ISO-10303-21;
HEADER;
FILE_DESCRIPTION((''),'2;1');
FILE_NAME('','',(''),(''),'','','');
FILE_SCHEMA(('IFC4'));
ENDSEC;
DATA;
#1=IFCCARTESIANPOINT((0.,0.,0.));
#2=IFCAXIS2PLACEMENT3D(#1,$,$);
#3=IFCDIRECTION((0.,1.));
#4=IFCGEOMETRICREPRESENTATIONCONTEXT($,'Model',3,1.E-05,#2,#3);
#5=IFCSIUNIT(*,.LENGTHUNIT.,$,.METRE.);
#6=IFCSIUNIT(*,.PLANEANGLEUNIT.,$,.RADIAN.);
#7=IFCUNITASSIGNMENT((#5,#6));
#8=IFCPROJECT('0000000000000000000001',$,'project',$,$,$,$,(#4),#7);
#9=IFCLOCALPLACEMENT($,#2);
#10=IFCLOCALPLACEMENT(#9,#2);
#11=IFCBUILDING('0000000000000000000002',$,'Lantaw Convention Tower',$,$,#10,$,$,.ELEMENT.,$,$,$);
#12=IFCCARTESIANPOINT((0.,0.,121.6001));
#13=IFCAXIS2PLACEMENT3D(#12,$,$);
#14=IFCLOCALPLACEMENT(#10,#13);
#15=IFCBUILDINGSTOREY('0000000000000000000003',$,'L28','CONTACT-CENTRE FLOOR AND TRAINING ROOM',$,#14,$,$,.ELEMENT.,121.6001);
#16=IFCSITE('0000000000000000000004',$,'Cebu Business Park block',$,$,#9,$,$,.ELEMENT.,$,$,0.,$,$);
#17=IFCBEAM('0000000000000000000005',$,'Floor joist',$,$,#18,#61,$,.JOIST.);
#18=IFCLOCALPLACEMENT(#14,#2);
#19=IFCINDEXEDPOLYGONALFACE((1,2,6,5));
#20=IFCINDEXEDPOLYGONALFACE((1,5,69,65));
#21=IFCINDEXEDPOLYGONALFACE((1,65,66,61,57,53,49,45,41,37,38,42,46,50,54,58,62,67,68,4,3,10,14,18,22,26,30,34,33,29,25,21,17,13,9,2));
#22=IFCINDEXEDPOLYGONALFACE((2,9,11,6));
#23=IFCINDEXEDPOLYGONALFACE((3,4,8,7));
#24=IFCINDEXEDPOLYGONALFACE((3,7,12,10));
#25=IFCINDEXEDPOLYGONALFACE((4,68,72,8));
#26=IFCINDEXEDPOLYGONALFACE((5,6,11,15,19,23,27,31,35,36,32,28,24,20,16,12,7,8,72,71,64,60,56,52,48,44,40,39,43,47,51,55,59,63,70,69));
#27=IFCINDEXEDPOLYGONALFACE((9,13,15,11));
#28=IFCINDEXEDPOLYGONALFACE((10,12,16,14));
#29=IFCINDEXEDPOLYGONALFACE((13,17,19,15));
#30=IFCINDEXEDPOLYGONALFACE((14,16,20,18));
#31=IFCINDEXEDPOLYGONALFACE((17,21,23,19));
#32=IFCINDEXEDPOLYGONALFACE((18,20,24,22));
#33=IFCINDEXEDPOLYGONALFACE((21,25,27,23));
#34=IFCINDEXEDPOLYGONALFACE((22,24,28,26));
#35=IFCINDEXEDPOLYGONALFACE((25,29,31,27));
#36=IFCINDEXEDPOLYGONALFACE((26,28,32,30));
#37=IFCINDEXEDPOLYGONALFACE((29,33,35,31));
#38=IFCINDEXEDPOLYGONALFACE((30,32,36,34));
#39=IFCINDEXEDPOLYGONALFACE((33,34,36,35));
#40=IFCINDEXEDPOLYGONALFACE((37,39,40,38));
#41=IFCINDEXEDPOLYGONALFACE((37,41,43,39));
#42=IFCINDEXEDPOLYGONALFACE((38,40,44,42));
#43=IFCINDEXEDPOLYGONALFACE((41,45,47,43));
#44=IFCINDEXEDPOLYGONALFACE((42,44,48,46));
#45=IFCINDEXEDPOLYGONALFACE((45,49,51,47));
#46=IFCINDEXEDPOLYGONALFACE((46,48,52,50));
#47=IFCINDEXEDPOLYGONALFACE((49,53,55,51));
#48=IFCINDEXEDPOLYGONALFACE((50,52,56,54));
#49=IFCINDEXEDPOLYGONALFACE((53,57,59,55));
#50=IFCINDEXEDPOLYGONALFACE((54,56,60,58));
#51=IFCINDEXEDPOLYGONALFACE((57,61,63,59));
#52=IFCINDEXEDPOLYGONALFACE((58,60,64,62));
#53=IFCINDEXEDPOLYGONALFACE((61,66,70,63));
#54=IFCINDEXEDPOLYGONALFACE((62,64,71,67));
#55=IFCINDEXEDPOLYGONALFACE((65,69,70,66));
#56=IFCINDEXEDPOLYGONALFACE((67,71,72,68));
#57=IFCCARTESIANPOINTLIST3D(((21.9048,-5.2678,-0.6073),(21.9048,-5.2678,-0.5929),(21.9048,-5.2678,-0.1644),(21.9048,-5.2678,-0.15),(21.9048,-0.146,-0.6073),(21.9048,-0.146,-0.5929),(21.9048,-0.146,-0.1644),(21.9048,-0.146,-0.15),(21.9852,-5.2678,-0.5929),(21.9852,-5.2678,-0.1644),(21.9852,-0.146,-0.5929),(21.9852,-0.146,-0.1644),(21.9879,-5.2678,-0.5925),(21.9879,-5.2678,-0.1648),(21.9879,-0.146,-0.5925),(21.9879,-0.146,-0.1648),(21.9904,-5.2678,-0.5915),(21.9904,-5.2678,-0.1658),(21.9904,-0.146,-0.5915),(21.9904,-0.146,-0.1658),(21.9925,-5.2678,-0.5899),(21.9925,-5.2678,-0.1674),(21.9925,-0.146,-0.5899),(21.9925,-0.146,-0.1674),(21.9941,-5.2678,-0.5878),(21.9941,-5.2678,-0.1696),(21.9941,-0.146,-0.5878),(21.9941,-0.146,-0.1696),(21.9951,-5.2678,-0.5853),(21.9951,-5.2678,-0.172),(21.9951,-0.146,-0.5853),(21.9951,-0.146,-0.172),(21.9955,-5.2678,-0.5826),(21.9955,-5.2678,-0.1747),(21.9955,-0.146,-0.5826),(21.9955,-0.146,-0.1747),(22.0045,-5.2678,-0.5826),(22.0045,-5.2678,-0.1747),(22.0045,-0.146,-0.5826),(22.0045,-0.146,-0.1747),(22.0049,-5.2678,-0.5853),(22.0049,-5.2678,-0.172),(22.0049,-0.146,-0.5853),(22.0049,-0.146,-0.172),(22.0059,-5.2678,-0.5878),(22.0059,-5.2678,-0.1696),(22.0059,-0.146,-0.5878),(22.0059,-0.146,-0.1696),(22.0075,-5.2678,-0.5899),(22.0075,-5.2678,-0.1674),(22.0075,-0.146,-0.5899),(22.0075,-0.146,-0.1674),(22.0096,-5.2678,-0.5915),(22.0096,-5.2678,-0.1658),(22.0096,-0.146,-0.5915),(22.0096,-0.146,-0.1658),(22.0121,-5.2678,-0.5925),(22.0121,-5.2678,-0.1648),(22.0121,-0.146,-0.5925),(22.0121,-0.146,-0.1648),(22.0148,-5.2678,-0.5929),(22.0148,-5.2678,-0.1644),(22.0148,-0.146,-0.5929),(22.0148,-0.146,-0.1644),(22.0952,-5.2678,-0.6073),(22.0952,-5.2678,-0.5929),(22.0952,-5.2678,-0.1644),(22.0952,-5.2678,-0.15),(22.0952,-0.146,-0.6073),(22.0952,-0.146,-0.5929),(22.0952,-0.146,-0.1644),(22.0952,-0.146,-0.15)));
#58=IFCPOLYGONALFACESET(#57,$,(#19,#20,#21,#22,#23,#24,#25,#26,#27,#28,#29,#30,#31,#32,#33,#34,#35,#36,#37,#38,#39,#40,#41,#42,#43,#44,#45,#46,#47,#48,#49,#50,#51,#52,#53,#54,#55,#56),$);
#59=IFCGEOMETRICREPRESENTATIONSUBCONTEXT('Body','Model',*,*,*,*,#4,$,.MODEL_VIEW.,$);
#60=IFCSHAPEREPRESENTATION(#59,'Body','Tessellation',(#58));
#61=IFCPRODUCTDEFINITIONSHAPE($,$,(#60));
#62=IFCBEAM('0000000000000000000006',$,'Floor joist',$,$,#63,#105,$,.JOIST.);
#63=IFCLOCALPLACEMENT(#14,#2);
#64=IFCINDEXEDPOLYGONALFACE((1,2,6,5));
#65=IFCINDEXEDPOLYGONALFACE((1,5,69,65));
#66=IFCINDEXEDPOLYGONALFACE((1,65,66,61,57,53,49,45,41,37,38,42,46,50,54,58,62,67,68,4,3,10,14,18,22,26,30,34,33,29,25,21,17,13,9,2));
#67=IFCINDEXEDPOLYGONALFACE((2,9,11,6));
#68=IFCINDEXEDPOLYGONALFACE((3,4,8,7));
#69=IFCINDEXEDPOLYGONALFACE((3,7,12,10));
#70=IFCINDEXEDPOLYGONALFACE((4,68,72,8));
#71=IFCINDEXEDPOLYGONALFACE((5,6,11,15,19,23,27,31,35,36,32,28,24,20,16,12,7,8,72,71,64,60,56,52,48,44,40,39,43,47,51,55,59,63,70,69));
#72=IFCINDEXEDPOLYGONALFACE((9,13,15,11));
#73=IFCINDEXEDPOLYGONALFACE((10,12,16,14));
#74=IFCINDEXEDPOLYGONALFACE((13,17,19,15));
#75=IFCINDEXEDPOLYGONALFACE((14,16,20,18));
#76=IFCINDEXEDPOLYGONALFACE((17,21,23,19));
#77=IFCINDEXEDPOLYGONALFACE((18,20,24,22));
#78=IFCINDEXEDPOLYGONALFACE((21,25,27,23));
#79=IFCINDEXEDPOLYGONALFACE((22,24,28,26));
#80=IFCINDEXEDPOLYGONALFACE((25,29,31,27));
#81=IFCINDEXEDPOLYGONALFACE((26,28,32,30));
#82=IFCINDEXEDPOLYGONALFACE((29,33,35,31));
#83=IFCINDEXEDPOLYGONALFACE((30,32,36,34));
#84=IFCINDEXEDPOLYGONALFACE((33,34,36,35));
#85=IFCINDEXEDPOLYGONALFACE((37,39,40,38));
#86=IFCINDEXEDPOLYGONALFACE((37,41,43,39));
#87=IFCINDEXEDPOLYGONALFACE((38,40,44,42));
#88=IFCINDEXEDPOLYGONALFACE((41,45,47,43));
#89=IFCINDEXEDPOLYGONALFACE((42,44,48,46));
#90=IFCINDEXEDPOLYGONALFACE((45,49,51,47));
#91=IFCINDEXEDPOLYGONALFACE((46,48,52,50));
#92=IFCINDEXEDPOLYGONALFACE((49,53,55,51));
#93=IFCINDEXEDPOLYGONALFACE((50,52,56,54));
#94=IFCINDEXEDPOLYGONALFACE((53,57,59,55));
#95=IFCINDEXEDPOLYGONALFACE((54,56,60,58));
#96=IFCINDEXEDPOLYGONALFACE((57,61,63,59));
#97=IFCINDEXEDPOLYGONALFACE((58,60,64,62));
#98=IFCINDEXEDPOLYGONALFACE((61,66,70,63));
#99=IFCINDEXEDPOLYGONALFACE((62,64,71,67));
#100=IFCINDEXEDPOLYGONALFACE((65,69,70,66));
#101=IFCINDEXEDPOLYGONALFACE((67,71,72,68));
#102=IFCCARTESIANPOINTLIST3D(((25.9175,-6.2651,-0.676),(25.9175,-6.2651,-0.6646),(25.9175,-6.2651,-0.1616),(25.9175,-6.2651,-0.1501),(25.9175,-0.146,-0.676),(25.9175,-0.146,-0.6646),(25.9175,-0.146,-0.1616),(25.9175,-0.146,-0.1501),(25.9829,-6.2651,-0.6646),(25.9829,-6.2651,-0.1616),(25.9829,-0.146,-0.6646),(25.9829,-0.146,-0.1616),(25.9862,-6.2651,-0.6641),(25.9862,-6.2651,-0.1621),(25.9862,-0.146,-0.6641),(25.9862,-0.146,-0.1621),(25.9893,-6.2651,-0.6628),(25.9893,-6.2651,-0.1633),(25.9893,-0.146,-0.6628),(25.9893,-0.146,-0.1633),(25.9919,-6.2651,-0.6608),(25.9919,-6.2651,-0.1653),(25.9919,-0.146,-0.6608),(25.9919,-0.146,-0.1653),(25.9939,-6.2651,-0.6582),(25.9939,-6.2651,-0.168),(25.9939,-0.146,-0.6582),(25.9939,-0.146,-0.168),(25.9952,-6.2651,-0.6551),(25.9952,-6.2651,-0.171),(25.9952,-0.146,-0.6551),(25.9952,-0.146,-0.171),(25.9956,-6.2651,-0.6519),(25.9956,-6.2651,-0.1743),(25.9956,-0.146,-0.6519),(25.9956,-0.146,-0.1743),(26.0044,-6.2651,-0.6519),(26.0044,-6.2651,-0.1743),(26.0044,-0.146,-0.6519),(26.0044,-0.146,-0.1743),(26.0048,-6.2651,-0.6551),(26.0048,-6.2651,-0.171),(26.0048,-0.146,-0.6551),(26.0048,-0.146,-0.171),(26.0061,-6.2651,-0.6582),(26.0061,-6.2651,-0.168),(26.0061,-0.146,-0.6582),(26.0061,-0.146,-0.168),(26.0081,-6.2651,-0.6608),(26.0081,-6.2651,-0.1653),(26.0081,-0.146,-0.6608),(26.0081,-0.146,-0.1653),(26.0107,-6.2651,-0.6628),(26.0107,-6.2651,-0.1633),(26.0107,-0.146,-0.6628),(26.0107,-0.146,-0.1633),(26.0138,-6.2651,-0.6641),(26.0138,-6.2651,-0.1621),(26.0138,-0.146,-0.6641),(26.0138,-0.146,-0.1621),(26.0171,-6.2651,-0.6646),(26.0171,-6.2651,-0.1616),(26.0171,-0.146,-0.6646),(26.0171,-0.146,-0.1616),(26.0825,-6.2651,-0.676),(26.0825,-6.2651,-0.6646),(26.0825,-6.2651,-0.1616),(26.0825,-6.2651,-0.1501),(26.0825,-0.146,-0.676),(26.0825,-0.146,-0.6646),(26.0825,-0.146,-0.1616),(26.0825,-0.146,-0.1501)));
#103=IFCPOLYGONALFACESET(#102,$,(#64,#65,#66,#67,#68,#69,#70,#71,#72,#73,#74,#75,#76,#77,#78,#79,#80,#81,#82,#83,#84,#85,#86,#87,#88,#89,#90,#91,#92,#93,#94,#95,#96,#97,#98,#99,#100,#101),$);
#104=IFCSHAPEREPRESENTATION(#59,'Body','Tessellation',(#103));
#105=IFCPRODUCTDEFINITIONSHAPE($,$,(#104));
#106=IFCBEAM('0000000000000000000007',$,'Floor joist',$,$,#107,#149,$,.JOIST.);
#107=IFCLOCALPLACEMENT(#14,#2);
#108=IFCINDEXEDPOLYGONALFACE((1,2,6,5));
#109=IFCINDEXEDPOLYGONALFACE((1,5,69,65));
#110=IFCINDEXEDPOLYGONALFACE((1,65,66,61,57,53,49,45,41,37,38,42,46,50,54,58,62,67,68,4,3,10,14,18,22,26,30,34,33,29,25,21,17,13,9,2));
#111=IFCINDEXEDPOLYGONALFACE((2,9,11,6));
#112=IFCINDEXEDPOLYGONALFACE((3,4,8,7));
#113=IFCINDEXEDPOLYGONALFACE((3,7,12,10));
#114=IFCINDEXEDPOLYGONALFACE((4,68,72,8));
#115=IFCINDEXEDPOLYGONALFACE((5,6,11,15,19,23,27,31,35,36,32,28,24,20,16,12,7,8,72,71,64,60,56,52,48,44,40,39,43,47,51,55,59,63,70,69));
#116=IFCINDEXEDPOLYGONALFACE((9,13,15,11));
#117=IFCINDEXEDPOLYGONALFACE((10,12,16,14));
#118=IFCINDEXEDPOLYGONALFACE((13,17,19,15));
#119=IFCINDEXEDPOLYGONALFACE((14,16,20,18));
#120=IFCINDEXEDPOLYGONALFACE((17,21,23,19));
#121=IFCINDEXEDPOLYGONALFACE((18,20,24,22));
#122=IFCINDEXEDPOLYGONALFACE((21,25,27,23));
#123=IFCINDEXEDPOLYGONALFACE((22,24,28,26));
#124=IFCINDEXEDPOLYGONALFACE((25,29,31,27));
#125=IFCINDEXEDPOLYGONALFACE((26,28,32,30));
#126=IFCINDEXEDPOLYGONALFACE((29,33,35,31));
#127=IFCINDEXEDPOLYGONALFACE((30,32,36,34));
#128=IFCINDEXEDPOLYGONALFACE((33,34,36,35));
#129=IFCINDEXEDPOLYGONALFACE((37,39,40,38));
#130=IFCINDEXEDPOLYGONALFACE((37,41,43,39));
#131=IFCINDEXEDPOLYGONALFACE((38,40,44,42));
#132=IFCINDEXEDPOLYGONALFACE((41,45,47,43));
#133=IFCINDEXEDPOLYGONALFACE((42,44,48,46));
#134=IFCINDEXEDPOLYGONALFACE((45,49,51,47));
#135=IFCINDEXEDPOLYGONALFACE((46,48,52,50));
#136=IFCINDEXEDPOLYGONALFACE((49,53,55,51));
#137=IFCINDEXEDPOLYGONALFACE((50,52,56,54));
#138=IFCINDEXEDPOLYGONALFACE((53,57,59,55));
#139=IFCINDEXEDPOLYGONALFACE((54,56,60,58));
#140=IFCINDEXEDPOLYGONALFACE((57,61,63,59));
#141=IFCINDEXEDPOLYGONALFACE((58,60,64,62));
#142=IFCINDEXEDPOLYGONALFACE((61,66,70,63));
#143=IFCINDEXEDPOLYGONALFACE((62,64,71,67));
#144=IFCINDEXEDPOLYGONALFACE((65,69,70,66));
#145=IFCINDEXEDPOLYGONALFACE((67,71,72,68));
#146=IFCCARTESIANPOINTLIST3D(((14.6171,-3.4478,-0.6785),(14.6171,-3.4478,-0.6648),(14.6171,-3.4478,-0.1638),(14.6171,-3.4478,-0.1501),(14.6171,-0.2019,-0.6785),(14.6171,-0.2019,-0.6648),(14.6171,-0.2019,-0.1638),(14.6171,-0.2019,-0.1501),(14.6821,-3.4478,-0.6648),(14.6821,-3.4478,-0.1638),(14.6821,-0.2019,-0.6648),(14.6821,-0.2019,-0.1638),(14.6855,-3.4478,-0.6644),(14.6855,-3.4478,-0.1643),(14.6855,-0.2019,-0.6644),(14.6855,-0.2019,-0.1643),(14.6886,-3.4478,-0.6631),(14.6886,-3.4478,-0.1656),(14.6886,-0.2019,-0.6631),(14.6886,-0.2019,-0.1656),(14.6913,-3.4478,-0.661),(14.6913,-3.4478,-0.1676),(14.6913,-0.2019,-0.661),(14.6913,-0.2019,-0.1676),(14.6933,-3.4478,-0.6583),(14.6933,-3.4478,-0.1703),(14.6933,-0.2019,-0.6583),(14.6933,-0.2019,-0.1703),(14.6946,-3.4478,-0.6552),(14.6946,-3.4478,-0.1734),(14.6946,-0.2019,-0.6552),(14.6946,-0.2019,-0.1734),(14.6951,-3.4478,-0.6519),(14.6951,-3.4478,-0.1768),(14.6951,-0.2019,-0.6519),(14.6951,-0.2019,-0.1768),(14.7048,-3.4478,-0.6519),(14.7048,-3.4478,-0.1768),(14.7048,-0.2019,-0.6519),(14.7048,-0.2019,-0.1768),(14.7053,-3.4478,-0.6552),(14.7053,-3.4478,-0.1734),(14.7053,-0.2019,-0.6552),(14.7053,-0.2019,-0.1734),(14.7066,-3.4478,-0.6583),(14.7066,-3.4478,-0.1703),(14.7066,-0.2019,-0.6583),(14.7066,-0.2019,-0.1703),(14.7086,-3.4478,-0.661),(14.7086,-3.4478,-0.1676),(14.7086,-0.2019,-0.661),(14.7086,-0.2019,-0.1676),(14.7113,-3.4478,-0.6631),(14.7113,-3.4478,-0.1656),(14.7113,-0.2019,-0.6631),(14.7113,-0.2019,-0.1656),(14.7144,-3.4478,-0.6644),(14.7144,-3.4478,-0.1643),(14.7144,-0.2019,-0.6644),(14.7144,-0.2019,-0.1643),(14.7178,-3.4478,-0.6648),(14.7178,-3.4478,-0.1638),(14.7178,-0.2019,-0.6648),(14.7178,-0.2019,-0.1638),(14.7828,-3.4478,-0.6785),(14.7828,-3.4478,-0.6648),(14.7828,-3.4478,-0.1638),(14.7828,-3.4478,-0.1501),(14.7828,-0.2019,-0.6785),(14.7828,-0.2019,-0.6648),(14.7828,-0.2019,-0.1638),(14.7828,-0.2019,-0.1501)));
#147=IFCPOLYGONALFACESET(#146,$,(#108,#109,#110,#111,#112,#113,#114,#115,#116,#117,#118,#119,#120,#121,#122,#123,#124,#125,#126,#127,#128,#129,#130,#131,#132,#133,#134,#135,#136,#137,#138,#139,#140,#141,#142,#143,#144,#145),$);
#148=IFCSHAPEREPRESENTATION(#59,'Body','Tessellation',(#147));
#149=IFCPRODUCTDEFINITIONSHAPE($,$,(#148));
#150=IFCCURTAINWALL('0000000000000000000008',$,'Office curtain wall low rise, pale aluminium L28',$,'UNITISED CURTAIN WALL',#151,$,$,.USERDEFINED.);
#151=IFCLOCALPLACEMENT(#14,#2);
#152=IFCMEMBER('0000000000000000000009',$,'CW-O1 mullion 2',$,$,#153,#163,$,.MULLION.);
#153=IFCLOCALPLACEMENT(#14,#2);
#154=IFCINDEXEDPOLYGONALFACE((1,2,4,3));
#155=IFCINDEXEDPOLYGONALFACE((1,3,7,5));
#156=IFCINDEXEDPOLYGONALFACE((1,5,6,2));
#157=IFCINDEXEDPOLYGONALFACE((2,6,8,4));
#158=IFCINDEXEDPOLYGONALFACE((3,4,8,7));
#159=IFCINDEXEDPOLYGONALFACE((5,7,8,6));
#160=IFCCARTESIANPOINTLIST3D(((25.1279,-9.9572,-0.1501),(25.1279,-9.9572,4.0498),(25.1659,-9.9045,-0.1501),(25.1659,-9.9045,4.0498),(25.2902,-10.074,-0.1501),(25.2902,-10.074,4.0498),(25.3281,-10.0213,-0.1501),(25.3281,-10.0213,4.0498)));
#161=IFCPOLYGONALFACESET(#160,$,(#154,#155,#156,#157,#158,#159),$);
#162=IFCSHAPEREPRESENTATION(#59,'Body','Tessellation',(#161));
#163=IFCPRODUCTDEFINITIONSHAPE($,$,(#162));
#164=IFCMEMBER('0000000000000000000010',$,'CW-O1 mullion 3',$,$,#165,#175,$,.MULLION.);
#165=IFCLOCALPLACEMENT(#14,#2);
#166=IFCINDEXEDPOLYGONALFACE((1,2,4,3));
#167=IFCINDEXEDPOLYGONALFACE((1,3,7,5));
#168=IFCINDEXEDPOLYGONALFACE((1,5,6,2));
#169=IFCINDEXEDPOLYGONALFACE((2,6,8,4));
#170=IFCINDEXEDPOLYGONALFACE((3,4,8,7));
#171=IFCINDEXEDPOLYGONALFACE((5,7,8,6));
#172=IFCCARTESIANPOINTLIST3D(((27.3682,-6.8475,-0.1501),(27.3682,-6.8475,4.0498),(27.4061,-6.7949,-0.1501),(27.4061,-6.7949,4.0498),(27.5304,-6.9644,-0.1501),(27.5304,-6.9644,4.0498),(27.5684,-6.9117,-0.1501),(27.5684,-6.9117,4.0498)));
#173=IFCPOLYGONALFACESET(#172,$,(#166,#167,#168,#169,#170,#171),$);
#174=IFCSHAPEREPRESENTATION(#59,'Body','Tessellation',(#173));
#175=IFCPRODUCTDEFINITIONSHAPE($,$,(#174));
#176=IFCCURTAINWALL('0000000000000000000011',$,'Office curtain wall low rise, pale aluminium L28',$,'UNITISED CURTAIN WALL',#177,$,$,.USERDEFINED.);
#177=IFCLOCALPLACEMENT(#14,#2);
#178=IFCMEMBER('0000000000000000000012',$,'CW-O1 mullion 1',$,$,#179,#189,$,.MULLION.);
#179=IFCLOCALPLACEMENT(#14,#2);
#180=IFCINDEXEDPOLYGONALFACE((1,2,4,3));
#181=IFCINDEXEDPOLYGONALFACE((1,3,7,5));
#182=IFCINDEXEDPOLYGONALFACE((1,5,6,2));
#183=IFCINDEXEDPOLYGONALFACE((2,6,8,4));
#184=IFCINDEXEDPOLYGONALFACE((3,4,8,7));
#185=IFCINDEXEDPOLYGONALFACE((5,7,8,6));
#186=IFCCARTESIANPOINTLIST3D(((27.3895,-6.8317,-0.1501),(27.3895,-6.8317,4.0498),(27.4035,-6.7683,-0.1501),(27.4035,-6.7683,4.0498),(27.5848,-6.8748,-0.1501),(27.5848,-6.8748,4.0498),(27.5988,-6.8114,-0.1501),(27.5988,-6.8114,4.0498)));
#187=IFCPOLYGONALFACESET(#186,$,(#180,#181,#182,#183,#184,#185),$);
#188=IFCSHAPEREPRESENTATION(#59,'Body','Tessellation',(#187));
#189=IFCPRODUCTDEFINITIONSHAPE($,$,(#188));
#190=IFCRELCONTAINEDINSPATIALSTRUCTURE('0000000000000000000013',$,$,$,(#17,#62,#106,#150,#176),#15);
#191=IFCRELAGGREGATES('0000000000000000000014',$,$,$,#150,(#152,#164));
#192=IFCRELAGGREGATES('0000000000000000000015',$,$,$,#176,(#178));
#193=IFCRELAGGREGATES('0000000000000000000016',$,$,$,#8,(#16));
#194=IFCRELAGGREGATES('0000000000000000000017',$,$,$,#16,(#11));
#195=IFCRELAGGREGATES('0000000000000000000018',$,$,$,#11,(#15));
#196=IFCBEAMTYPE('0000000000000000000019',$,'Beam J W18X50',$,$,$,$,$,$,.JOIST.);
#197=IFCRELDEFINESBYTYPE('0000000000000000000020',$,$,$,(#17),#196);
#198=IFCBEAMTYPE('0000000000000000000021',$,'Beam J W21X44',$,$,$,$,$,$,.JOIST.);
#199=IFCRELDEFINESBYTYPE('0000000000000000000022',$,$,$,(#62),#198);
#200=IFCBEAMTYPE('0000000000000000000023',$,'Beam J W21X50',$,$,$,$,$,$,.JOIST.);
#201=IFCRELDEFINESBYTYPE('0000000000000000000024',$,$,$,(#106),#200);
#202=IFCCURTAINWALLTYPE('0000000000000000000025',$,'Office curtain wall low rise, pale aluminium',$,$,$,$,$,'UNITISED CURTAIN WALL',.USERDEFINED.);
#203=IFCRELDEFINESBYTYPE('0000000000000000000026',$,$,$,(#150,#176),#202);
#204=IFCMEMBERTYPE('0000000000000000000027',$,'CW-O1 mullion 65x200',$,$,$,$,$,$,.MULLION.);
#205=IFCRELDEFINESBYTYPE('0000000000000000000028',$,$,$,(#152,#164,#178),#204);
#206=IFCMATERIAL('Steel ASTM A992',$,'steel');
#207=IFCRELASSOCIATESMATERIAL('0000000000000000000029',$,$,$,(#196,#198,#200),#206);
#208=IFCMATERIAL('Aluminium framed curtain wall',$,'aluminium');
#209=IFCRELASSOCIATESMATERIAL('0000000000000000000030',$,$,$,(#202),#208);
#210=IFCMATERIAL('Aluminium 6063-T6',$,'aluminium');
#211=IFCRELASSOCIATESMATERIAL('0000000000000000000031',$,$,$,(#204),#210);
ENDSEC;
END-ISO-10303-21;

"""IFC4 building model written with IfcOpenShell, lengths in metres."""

from ifc_helpers import new_model, si_unit, direction, frame, origin, origin_2d, place, context, subcontext, project, spatial, rectangle, i_section, extrude, material, material_profile, profile_set, type_object, element, aggregate, save


model = new_model("IFC4")

# Units and contexts
model_context = context("Model", 3, precision=1e-05, world=origin(), true_north=direction((0.0, 1.0)))
body_context = subcontext(model_context, "Body", "Model", "MODEL_VIEW")
ifc_project = project(units=[si_unit("LENGTHUNIT", "METRE"), si_unit("PLANEANGLEUNIT", "RADIAN")], contexts=[model_context])

# Site, building, storey
site_placement = place(None, origin())
site = spatial("IfcSite", under=ifc_project, at=site_placement, Name="Cebu Business Park block", CompositionType="ELEMENT", RefElevation=0.0)
building_placement = place(site_placement, origin())
building = spatial("IfcBuilding", under=site, at=building_placement, Name="Lantaw Convention Tower", CompositionType="ELEMENT")
storey_placement = place(building_placement, frame((0.0, 0.0, 121.6001)))
storey = spatial("IfcBuildingStorey", under=building, at=storey_placement, Name="L28", Description="CONTACT-CENTRE FLOOR AND TRAINING ROOM", CompositionType="ELEMENT", Elevation=121.6001)

# Beams
ifc_material_1 = material(Name="Steel ASTM A992", Category="steel")
ifc_material_profile_1 = material_profile(ifc_material_1, i_section(OverallWidth=0.1904, OverallDepth=0.4573, WebThickness=0.009, FlangeThickness=0.0144, FilletRadius=0.0103, at=origin_2d()), Name="W18X50")
ifc_profile_set_1 = profile_set([ifc_material_profile_1], Name="Steel ASTM A992")
beam_type_1 = type_object("IfcBeamType", Name="Beam J W18X50", PredefinedType="JOIST", material=ifc_profile_set_1)
beam_1_placement = place(storey_placement, frame((22.0, -5.2678, -0.3787), z_axis=(0.0, 1.0, 0.0), x_axis=(-1.0, 0.0, 0.0)))
element("IfcBeam", 1, at=beam_1_placement, inside=storey, type_object=beam_type_1, Name="Floor joist", PredefinedType="JOIST", context=body_context, shape_type="SweptSolid", body=[
    extrude(i_section(OverallWidth=0.1904, OverallDepth=0.4573, WebThickness=0.009, FlangeThickness=0.0144, FilletRadius=0.0103, at=origin_2d()), origin(), (0.0, 0.0, 1.0), 5.1218),
])
ifc_material_profile_2 = material_profile(ifc_material_1, i_section(OverallWidth=0.165, OverallDepth=0.5259, WebThickness=0.0088, FlangeThickness=0.0115, FilletRadius=0.0127, at=origin_2d()), Name="W21X44")
ifc_profile_set_2 = profile_set([ifc_material_profile_2], Name="Steel ASTM A992")
beam_type_2 = type_object("IfcBeamType", Name="Beam J W21X44", PredefinedType="JOIST", material=ifc_profile_set_2)
beam_2_placement = place(storey_placement, frame((26.0, -6.2651, -0.4131), z_axis=(0.0, 1.0, 0.0), x_axis=(-1.0, 0.0, 0.0)))
element("IfcBeam", 2, at=beam_2_placement, inside=storey, type_object=beam_type_2, Name="Floor joist", PredefinedType="JOIST", context=body_context, shape_type="SweptSolid", body=[
    extrude(i_section(OverallWidth=0.165, OverallDepth=0.5259, WebThickness=0.0088, FlangeThickness=0.0115, FilletRadius=0.0127, at=origin_2d()), origin(), (0.0, 0.0, 1.0), 6.1191),
])
ifc_material_profile_3 = material_profile(ifc_material_1, i_section(OverallWidth=0.1658, OverallDepth=0.5283, WebThickness=0.0098, FlangeThickness=0.0137, FilletRadius=0.0129, at=origin_2d()), Name="W21X50")
ifc_profile_set_3 = profile_set([ifc_material_profile_3], Name="Steel ASTM A992")
beam_type_3 = type_object("IfcBeamType", Name="Beam J W21X50", PredefinedType="JOIST", material=ifc_profile_set_3)
beam_3_placement = place(storey_placement, frame((14.7, -3.4478, -0.4143), z_axis=(0.0, 1.0, 0.0), x_axis=(-1.0, 0.0, 0.0)))
element("IfcBeam", 3, at=beam_3_placement, inside=storey, type_object=beam_type_3, Name="Floor joist", PredefinedType="JOIST", context=body_context, shape_type="SweptSolid", body=[
    extrude(i_section(OverallWidth=0.1658, OverallDepth=0.5283, WebThickness=0.0098, FlangeThickness=0.0137, FilletRadius=0.0129, at=origin_2d()), origin(), (0.0, 0.0, 1.0), 3.2458),
])

# Curtain walls, members
ifc_material_2 = material(Name="Aluminium framed curtain wall", Category="aluminium")
curtain_wall_type = type_object("IfcCurtainWallType", Name="Office curtain wall low rise, pale aluminium", ElementType="UNITISED CURTAIN WALL", PredefinedType="USERDEFINED", material=ifc_material_2)
curtain_wall_1_placement = place(storey_placement, origin())
curtain_wall_1 = element("IfcCurtainWall", 4, at=curtain_wall_1_placement, inside=storey, type_object=curtain_wall_type, Name="Office curtain wall low rise, pale aluminium L28", ObjectType="UNITISED CURTAIN WALL", PredefinedType="USERDEFINED")
ifc_material_3 = material(Name="Aluminium 6063-T6", Category="aluminium")
ifc_material_profile_4 = material_profile(ifc_material_3, rectangle(XDim=0.2, YDim=0.0649, at=origin_2d()), Name="CW-O1 mullion 65x200")
ifc_profile_set_4 = profile_set([ifc_material_profile_4], Name="Aluminium 6063-T6")
member_type_1 = type_object("IfcMemberType", Name="CW-O1 mullion 65x200", PredefinedType="MULLION", material=ifc_profile_set_4)
member_1_placement = place(storey_placement, frame((25.228, -9.9893, -0.1501), z_axis=(0.0, 0.0, 1.0), x_axis=(-0.811385, 0.584513, 0.0)))
member_1 = element("IfcMember", 5, at=member_1_placement, type_object=member_type_1, Name="CW-O1 mullion 2", PredefinedType="MULLION", context=body_context, shape_type="SweptSolid", body=[
    extrude(rectangle(XDim=0.2, YDim=0.0649, at=origin_2d()), origin(), (0.0, 0.0, 1.0), 4.2),
])
member_2_placement = place(storey_placement, frame((27.4683, -6.8796, -0.1501), z_axis=(0.0, 0.0, 1.0), x_axis=(-0.811385, 0.584513, 0.0)))
member_2 = element("IfcMember", 6, at=member_2_placement, type_object=member_type_1, Name="CW-O1 mullion 3", PredefinedType="MULLION", context=body_context, shape_type="SweptSolid", body=[
    extrude(rectangle(XDim=0.2, YDim=0.0649, at=origin_2d()), origin(), (0.0, 0.0, 1.0), 4.2),
])
curtain_wall_2_placement = place(storey_placement, origin())
curtain_wall_2 = element("IfcCurtainWall", 7, at=curtain_wall_2_placement, inside=storey, type_object=curtain_wall_type, Name="Office curtain wall low rise, pale aluminium L28", ObjectType="UNITISED CURTAIN WALL", PredefinedType="USERDEFINED")
member_3_placement = place(storey_placement, frame((27.4941, -6.8215, -0.1501), z_axis=(0.0, 0.0, 1.0), x_axis=(-0.976494, 0.215546, 0.0)))
member_3 = element("IfcMember", 8, at=member_3_placement, type_object=member_type_1, Name="CW-O1 mullion 1", PredefinedType="MULLION", context=body_context, shape_type="SweptSolid", body=[
    extrude(rectangle(XDim=0.2, YDim=0.0649, at=origin_2d()), origin(), (0.0, 0.0, 1.0), 4.2),
])

aggregate(curtain_wall_1, [member_1, member_2])
aggregate(curtain_wall_2, [member_3])

save(model, "model.ifc")
